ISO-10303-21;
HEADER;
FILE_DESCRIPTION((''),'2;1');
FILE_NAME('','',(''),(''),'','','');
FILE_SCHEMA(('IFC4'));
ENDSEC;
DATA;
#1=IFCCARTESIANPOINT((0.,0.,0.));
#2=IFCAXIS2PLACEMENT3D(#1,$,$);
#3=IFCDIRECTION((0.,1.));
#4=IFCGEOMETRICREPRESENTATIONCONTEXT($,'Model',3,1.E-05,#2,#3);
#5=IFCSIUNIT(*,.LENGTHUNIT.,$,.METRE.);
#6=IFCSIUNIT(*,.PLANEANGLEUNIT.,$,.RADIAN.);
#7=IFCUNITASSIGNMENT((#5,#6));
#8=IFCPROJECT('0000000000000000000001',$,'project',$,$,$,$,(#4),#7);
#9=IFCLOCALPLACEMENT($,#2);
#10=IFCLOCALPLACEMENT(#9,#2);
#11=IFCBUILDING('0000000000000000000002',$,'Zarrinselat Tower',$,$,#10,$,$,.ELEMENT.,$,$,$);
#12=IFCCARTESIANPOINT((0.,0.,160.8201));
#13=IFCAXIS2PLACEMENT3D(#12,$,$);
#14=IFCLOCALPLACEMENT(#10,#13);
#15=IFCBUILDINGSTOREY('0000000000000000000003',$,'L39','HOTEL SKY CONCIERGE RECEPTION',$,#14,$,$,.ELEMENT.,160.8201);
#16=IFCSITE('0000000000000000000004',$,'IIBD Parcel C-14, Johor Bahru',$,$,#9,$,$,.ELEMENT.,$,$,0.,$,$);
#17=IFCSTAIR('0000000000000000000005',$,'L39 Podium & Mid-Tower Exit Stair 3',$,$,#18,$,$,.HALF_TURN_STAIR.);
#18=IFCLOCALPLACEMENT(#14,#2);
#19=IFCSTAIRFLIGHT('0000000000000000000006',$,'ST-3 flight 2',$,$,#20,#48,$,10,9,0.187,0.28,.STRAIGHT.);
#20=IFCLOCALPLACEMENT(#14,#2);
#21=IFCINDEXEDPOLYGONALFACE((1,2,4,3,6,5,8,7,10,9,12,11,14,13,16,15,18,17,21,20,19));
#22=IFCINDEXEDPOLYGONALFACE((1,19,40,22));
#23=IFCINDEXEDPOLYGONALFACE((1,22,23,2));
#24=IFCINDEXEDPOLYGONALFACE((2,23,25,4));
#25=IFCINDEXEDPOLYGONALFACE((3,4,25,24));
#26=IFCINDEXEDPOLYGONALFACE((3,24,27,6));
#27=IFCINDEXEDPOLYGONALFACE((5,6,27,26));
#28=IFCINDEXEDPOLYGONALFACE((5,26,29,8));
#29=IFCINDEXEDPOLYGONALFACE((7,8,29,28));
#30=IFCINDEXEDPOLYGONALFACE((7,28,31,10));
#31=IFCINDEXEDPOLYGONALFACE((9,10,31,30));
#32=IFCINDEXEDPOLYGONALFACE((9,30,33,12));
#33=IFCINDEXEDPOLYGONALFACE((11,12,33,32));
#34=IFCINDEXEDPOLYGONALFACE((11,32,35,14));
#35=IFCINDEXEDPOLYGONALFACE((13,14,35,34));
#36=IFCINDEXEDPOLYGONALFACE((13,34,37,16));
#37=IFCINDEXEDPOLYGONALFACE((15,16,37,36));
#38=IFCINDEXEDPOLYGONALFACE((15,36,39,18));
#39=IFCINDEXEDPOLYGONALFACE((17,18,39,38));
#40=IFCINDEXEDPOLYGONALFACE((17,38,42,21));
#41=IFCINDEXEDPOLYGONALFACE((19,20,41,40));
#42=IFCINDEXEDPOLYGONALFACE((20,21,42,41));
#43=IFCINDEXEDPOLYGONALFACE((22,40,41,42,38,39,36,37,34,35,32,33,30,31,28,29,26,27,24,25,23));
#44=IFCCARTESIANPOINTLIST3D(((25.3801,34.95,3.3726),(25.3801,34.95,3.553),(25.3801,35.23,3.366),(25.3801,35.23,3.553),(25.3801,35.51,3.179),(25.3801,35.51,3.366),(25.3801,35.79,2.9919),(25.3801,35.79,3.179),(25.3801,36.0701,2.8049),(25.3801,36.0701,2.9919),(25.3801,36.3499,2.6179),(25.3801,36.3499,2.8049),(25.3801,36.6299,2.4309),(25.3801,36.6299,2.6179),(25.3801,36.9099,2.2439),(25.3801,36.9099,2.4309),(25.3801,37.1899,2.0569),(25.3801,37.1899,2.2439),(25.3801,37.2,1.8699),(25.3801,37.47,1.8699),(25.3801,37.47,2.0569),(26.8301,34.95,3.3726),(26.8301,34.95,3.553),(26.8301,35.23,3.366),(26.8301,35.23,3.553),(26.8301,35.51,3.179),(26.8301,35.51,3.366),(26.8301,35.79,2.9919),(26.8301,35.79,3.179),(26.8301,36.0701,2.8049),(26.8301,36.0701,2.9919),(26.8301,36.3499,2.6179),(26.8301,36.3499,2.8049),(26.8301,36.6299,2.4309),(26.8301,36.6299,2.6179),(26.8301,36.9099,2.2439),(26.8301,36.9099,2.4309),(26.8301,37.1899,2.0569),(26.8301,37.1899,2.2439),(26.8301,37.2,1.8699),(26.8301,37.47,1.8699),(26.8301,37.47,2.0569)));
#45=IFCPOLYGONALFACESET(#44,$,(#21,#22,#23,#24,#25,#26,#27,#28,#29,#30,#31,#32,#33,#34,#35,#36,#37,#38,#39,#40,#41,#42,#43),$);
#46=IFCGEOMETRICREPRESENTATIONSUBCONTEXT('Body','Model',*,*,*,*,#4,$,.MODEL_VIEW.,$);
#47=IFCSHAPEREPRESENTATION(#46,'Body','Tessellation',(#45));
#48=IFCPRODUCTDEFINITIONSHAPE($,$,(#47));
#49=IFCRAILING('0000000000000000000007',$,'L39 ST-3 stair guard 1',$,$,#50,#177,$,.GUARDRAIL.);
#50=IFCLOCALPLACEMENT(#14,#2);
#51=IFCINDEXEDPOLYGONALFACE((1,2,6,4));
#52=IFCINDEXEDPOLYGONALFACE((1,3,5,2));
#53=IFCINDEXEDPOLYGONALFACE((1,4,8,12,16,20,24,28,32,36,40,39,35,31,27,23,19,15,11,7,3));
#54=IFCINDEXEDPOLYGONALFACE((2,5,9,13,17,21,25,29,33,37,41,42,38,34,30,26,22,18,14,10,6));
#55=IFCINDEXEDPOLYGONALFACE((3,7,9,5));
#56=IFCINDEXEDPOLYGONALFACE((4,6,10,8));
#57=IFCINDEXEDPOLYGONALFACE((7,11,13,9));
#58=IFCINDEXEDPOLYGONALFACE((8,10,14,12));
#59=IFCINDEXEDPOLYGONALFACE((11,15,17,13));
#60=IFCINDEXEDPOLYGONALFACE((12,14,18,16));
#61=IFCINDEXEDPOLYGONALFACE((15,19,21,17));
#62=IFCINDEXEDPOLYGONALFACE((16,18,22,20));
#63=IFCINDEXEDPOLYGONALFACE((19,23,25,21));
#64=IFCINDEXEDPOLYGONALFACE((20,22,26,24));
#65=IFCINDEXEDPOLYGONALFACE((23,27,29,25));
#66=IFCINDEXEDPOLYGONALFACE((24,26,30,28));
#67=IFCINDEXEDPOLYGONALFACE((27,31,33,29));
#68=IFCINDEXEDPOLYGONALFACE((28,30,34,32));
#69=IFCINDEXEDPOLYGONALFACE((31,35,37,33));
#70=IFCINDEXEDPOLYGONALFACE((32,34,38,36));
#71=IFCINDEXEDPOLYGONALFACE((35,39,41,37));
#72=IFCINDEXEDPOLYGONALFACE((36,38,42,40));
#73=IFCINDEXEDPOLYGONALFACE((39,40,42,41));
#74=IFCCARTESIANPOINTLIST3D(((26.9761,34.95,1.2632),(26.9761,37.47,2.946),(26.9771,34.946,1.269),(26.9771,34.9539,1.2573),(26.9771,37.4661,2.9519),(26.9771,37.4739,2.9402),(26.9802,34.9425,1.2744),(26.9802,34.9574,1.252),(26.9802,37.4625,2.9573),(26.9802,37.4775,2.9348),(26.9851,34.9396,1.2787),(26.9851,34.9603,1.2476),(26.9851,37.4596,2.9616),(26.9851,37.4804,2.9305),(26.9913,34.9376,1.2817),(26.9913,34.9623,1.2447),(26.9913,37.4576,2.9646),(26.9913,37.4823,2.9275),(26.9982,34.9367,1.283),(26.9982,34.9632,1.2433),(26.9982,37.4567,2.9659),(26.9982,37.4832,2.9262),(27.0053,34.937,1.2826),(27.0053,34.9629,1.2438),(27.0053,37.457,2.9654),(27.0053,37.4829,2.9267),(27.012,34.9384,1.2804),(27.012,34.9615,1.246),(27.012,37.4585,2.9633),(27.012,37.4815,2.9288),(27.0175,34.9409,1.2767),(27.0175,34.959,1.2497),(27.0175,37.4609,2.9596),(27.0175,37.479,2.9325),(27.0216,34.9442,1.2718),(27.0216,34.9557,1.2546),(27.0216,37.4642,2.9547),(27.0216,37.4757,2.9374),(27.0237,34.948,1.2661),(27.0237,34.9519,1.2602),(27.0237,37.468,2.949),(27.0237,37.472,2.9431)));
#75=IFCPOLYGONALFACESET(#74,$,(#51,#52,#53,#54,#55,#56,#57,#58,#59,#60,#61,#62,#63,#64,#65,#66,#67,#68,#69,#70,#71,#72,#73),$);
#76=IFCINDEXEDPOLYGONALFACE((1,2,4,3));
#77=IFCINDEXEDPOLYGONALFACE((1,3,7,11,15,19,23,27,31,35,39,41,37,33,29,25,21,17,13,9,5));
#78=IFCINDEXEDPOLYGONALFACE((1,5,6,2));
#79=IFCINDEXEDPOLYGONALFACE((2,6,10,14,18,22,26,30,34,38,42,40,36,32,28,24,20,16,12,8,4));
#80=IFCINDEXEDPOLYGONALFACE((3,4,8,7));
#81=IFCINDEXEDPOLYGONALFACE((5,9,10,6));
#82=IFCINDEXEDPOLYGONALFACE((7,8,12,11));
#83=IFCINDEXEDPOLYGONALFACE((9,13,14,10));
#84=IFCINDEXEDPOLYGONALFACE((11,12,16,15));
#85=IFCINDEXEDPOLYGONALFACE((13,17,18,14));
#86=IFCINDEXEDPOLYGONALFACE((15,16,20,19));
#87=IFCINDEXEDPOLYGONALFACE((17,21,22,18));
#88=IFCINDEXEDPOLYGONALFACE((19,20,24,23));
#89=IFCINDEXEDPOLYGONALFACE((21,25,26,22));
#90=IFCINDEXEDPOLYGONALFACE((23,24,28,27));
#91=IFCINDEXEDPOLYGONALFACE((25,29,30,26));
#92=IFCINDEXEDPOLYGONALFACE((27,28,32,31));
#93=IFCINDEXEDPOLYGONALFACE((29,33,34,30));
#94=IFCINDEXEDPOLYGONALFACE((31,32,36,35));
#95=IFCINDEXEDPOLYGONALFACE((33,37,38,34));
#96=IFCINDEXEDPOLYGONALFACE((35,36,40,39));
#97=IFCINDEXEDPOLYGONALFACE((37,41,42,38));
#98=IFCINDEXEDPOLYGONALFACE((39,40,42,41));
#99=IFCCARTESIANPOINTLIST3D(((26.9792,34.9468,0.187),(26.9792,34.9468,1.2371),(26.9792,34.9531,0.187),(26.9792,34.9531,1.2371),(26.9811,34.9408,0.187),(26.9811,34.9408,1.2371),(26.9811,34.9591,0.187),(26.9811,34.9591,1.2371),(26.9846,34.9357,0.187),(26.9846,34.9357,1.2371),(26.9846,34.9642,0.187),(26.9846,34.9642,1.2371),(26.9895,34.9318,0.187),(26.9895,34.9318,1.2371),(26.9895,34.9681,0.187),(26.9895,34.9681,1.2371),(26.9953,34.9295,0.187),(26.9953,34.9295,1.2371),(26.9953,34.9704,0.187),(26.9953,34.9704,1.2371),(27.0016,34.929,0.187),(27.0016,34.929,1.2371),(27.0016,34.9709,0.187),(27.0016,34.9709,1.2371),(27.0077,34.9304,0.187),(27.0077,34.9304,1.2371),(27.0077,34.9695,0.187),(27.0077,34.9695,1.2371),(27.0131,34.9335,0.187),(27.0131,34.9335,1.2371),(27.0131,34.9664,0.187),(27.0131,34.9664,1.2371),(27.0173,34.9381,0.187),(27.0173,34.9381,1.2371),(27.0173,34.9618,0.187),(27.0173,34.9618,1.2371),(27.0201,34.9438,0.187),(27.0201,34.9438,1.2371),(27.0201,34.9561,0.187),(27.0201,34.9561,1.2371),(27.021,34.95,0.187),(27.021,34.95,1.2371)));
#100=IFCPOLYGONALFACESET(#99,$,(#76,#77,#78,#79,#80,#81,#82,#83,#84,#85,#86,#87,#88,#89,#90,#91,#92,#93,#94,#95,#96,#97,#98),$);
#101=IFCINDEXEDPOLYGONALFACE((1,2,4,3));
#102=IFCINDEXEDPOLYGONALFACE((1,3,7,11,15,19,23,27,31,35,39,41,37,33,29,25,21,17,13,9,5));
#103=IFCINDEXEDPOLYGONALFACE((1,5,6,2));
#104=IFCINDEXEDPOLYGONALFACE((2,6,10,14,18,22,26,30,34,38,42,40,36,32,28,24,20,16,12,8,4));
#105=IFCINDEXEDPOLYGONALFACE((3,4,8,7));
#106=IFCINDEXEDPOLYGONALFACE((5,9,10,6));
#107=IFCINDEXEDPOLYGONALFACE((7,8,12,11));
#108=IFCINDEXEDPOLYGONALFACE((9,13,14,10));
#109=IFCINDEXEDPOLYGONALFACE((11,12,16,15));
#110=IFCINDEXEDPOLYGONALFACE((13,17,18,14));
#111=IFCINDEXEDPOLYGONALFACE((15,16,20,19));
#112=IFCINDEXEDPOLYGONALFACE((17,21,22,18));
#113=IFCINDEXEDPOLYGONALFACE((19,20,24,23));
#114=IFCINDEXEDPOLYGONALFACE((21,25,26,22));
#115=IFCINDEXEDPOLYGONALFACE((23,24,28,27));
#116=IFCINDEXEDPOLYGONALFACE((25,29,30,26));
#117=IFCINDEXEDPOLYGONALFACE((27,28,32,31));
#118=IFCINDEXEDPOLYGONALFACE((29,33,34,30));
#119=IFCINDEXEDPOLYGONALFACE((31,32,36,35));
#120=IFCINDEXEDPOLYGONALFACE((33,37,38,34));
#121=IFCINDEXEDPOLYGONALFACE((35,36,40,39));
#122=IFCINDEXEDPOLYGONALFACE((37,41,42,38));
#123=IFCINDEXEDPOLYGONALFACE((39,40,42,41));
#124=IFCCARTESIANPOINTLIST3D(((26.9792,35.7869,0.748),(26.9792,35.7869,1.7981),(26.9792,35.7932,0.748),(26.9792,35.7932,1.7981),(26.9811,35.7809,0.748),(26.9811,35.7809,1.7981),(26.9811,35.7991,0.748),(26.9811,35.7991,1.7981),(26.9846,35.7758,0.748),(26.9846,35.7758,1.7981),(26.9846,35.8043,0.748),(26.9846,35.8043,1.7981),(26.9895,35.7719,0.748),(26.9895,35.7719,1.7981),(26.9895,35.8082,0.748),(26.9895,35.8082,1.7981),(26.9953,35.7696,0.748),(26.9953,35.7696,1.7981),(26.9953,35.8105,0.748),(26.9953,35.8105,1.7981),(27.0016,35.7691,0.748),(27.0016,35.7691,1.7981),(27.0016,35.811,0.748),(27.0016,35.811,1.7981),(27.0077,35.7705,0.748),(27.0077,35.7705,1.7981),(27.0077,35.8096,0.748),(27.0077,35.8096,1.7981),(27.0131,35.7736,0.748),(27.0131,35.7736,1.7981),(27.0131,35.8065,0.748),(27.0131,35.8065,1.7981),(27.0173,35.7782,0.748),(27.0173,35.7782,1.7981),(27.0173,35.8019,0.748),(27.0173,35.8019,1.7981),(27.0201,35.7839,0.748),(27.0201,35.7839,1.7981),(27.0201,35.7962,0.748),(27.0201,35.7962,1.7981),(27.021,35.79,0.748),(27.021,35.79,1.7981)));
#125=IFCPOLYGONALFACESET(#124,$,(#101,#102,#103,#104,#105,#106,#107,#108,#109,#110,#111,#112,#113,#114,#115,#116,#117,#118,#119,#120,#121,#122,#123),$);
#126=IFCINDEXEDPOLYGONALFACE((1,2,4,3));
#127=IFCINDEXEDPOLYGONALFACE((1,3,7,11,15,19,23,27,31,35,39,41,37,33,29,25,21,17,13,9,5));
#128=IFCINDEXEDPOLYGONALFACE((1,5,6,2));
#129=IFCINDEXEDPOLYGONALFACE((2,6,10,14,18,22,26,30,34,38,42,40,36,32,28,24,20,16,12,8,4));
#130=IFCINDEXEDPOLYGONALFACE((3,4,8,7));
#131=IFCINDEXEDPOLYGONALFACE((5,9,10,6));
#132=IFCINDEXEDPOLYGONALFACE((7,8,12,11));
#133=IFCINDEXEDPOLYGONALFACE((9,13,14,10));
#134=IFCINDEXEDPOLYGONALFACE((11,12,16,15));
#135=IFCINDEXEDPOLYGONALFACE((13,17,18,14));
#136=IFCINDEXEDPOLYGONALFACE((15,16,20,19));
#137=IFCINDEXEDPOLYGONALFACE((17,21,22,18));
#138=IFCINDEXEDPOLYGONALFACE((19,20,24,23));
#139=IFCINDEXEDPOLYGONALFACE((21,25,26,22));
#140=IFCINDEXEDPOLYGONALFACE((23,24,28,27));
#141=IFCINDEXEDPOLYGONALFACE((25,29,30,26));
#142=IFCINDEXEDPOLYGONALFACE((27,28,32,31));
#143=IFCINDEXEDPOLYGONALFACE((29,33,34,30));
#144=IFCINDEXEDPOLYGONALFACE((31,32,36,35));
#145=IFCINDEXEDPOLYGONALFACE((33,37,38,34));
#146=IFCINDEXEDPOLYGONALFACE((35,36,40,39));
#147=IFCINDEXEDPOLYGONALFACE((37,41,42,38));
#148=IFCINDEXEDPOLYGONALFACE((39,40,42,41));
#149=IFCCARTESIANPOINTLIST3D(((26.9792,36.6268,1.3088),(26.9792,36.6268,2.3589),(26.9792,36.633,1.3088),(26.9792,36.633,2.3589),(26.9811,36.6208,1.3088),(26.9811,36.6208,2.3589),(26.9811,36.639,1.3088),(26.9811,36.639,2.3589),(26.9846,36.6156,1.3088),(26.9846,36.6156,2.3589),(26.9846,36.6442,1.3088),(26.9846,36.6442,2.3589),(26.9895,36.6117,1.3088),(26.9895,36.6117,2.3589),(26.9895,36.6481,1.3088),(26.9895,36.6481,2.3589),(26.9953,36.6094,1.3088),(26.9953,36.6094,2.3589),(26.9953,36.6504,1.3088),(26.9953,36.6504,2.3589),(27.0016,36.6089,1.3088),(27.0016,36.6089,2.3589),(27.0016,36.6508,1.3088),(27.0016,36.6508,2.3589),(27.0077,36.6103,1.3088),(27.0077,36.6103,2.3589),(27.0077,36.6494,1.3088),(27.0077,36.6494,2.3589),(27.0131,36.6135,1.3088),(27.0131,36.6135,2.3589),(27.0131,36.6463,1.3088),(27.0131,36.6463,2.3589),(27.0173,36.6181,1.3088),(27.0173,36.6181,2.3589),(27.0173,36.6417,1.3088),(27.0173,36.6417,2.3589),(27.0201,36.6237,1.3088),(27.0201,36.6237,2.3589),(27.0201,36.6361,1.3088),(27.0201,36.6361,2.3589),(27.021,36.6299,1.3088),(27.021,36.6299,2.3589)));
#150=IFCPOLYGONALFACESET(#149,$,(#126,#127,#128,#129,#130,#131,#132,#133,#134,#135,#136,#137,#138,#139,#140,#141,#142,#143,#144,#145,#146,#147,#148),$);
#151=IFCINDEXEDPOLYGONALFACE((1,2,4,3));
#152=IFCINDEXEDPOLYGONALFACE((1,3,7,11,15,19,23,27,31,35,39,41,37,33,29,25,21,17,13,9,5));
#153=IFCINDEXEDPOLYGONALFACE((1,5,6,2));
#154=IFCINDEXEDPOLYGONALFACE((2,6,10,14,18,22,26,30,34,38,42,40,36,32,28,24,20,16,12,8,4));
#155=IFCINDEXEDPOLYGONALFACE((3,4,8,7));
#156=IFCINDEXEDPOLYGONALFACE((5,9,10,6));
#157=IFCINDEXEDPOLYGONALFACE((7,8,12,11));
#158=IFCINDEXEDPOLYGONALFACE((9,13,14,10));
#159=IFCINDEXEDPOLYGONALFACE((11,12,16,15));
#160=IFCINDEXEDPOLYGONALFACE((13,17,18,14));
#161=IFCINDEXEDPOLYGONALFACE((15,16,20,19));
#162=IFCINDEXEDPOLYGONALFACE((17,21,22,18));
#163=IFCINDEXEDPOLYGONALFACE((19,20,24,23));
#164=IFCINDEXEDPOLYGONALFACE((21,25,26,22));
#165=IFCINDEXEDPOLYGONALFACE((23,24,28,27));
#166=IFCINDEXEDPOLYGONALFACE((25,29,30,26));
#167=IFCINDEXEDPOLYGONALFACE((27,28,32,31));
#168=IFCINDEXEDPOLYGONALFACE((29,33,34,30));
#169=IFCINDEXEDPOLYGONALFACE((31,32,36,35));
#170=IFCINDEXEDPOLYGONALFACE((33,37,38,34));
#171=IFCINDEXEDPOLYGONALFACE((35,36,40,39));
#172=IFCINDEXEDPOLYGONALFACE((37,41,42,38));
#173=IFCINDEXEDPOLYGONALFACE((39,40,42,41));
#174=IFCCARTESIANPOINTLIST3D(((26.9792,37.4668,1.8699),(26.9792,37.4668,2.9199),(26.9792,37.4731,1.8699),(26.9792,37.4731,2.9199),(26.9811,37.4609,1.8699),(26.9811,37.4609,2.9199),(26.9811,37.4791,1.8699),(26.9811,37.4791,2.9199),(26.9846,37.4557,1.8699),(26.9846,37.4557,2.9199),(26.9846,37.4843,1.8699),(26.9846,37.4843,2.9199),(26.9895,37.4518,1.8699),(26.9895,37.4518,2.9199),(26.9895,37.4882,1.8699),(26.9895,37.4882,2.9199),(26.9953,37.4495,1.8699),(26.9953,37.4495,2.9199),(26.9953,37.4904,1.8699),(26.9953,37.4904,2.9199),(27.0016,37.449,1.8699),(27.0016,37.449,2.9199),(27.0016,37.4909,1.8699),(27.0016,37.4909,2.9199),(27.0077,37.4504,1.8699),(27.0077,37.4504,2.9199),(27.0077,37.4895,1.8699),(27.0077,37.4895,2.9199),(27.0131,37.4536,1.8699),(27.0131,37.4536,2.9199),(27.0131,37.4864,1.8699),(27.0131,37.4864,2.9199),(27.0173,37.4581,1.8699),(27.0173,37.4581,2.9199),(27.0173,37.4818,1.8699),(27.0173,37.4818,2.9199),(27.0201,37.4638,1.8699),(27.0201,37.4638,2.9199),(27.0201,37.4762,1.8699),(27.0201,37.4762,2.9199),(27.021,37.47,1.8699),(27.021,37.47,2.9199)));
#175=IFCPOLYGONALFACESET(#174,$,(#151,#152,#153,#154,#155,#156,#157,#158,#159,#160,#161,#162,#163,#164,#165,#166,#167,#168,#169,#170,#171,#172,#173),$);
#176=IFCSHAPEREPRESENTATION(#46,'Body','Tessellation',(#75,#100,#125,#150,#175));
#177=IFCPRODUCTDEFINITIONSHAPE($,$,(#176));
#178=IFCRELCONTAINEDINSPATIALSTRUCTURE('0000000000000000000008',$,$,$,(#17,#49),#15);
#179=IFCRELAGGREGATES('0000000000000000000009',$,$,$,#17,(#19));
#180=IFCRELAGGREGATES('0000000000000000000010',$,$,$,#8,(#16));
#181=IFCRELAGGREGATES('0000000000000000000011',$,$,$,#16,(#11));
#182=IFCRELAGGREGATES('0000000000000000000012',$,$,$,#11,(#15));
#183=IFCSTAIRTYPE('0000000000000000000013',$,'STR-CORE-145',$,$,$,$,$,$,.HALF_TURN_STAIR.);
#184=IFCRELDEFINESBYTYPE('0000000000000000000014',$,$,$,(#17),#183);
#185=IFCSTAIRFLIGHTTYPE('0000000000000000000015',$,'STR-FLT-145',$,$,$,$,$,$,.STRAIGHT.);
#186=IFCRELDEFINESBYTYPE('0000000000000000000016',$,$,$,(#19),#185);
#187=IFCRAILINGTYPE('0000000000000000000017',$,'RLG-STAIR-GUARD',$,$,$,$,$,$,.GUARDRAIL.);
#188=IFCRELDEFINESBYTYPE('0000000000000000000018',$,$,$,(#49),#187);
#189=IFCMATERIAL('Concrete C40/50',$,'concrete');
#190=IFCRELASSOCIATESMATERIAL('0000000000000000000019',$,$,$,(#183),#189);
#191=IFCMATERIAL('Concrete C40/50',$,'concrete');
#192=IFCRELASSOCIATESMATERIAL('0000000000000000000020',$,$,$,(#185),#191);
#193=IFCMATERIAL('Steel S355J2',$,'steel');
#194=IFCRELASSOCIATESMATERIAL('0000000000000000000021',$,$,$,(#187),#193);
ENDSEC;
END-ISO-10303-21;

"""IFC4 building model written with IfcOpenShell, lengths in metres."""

from ifc_helpers import new_model, si_unit, direction, frame, origin, origin_2d, place, context, subcontext, project, spatial, polyline, circle, outline, extrude, material, type_object, element, aggregate, save


model = new_model("IFC4")

# Units and contexts
model_context = context("Model", 3, precision=1e-05, world=origin(), true_north=direction((0.0, 1.0)))
body_context = subcontext(model_context, "Body", "Model", "MODEL_VIEW")
ifc_project = project(units=[si_unit("LENGTHUNIT", "METRE"), si_unit("PLANEANGLEUNIT", "RADIAN")], contexts=[model_context])

# Site, building, storey
site_placement = place(None, origin())
site = spatial("IfcSite", under=ifc_project, at=site_placement, Name="IIBD Parcel C-14, Johor Bahru", CompositionType="ELEMENT", RefElevation=0.0)
building_placement = place(site_placement, origin())
building = spatial("IfcBuilding", under=site, at=building_placement, Name="Zarrinselat Tower", CompositionType="ELEMENT")
storey_placement = place(building_placement, frame((0.0, 0.0, 160.8201)))
storey = spatial("IfcBuildingStorey", under=building, at=storey_placement, Name="L39", Description="HOTEL SKY CONCIERGE RECEPTION", CompositionType="ELEMENT", Elevation=160.8201)

# Stair, stair flight
ifc_material_1 = material(Name="Concrete C40/50", Category="concrete")
stair_type = type_object("IfcStairType", Name="STR-CORE-145", PredefinedType="HALF_TURN_STAIR", material=ifc_material_1)
stair_placement = place(storey_placement, origin())
stair = element("IfcStair", 1, at=stair_placement, inside=storey, type_object=stair_type, Name="L39 Podium & Mid-Tower Exit Stair 3", PredefinedType="HALF_TURN_STAIR")
ifc_material_2 = material(Name="Concrete C40/50", Category="concrete")
stair_flight_type = type_object("IfcStairFlightType", Name="STR-FLT-145", PredefinedType="STRAIGHT", material=ifc_material_2)
stair_flight_1_placement = place(storey_placement, frame((26.105, 37.47, 1.8699), z_axis=(0.0, 0.0, 1.0), x_axis=(0.0, -1.0, 0.0)))
stair_flight_1 = element("IfcStairFlight", 2, at=stair_flight_1_placement, type_object=stair_flight_type, Name="ST-3 flight 2", NumberOfRisers=10, NumberOfTreads=9, PredefinedType="STRAIGHT", RiserHeight=0.187, TreadLength=0.28, context=body_context, shape_type="SweptSolid", body=[
    extrude(outline(polyline([(0.0, 0.0), (0.0, 0.187), (0.28, 0.187), (0.28, 0.374), (0.5601, 0.374), (0.5601, 0.561), (0.8401, 0.561), (0.8401, 0.748), (1.1201, 0.748), (1.1201, 0.9351), (1.3999, 0.9351), (1.3999, 1.1221), (1.6799, 1.1221), (1.6799, 1.3091), (1.96, 1.3091), (1.96, 1.4961), (2.24, 1.4961), (2.24, 1.6831), (2.52, 1.6831), (2.52, 1.8701), (2.52, 1.5027), (0.27, 0.0), (0.0, 0.0)])), frame((0.0, 0.7251, 0.0), z_axis=(0.0, -1.0, 0.0), x_axis=(1.0, 0.0, 0.0)), (0.0, 0.0, 1.0), 1.45),
])
aggregate(stair, [stair_flight_1])

# Railing
ifc_material_3 = material(Name="Steel S355J2", Category="steel")
railing_type_1 = type_object("IfcRailingType", Name="RLG-STAIR-GUARD", PredefinedType="GUARDRAIL", material=ifc_material_3)
railing_1_placement = place(storey_placement, frame((27.0, 34.95, 0.187)))
element("IfcRailing", 3, at=railing_1_placement, inside=storey, type_object=railing_type_1, Name="L39 ST-3 stair guard 1", PredefinedType="GUARDRAIL", context=body_context, shape_type="SweptSolid", body=[
    extrude(circle(Radius=0.0239, at=origin_2d()), frame((0.0, 0.0, 1.0762), z_axis=(0.0, 0.831616, 0.555351), x_axis=(-1.0, 0.0, 0.0)), (0.0, 0.0, 1.0), 3.0303),
    extrude(circle(Radius=0.021, at=origin_2d()), origin(), (0.0, 0.0, 1.0), 1.05),
    extrude(circle(Radius=0.021, at=origin_2d()), frame((0.0, 0.8401, 0.561)), (0.0, 0.0, 1.0), 1.05),
    extrude(circle(Radius=0.021, at=origin_2d()), frame((0.0, 1.6799, 1.1218)), (0.0, 0.0, 1.0), 1.05),
    extrude(circle(Radius=0.021, at=origin_2d()), frame((0.0, 2.52, 1.6829)), (0.0, 0.0, 1.0), 1.05),
])

save(model, "model.ifc")
